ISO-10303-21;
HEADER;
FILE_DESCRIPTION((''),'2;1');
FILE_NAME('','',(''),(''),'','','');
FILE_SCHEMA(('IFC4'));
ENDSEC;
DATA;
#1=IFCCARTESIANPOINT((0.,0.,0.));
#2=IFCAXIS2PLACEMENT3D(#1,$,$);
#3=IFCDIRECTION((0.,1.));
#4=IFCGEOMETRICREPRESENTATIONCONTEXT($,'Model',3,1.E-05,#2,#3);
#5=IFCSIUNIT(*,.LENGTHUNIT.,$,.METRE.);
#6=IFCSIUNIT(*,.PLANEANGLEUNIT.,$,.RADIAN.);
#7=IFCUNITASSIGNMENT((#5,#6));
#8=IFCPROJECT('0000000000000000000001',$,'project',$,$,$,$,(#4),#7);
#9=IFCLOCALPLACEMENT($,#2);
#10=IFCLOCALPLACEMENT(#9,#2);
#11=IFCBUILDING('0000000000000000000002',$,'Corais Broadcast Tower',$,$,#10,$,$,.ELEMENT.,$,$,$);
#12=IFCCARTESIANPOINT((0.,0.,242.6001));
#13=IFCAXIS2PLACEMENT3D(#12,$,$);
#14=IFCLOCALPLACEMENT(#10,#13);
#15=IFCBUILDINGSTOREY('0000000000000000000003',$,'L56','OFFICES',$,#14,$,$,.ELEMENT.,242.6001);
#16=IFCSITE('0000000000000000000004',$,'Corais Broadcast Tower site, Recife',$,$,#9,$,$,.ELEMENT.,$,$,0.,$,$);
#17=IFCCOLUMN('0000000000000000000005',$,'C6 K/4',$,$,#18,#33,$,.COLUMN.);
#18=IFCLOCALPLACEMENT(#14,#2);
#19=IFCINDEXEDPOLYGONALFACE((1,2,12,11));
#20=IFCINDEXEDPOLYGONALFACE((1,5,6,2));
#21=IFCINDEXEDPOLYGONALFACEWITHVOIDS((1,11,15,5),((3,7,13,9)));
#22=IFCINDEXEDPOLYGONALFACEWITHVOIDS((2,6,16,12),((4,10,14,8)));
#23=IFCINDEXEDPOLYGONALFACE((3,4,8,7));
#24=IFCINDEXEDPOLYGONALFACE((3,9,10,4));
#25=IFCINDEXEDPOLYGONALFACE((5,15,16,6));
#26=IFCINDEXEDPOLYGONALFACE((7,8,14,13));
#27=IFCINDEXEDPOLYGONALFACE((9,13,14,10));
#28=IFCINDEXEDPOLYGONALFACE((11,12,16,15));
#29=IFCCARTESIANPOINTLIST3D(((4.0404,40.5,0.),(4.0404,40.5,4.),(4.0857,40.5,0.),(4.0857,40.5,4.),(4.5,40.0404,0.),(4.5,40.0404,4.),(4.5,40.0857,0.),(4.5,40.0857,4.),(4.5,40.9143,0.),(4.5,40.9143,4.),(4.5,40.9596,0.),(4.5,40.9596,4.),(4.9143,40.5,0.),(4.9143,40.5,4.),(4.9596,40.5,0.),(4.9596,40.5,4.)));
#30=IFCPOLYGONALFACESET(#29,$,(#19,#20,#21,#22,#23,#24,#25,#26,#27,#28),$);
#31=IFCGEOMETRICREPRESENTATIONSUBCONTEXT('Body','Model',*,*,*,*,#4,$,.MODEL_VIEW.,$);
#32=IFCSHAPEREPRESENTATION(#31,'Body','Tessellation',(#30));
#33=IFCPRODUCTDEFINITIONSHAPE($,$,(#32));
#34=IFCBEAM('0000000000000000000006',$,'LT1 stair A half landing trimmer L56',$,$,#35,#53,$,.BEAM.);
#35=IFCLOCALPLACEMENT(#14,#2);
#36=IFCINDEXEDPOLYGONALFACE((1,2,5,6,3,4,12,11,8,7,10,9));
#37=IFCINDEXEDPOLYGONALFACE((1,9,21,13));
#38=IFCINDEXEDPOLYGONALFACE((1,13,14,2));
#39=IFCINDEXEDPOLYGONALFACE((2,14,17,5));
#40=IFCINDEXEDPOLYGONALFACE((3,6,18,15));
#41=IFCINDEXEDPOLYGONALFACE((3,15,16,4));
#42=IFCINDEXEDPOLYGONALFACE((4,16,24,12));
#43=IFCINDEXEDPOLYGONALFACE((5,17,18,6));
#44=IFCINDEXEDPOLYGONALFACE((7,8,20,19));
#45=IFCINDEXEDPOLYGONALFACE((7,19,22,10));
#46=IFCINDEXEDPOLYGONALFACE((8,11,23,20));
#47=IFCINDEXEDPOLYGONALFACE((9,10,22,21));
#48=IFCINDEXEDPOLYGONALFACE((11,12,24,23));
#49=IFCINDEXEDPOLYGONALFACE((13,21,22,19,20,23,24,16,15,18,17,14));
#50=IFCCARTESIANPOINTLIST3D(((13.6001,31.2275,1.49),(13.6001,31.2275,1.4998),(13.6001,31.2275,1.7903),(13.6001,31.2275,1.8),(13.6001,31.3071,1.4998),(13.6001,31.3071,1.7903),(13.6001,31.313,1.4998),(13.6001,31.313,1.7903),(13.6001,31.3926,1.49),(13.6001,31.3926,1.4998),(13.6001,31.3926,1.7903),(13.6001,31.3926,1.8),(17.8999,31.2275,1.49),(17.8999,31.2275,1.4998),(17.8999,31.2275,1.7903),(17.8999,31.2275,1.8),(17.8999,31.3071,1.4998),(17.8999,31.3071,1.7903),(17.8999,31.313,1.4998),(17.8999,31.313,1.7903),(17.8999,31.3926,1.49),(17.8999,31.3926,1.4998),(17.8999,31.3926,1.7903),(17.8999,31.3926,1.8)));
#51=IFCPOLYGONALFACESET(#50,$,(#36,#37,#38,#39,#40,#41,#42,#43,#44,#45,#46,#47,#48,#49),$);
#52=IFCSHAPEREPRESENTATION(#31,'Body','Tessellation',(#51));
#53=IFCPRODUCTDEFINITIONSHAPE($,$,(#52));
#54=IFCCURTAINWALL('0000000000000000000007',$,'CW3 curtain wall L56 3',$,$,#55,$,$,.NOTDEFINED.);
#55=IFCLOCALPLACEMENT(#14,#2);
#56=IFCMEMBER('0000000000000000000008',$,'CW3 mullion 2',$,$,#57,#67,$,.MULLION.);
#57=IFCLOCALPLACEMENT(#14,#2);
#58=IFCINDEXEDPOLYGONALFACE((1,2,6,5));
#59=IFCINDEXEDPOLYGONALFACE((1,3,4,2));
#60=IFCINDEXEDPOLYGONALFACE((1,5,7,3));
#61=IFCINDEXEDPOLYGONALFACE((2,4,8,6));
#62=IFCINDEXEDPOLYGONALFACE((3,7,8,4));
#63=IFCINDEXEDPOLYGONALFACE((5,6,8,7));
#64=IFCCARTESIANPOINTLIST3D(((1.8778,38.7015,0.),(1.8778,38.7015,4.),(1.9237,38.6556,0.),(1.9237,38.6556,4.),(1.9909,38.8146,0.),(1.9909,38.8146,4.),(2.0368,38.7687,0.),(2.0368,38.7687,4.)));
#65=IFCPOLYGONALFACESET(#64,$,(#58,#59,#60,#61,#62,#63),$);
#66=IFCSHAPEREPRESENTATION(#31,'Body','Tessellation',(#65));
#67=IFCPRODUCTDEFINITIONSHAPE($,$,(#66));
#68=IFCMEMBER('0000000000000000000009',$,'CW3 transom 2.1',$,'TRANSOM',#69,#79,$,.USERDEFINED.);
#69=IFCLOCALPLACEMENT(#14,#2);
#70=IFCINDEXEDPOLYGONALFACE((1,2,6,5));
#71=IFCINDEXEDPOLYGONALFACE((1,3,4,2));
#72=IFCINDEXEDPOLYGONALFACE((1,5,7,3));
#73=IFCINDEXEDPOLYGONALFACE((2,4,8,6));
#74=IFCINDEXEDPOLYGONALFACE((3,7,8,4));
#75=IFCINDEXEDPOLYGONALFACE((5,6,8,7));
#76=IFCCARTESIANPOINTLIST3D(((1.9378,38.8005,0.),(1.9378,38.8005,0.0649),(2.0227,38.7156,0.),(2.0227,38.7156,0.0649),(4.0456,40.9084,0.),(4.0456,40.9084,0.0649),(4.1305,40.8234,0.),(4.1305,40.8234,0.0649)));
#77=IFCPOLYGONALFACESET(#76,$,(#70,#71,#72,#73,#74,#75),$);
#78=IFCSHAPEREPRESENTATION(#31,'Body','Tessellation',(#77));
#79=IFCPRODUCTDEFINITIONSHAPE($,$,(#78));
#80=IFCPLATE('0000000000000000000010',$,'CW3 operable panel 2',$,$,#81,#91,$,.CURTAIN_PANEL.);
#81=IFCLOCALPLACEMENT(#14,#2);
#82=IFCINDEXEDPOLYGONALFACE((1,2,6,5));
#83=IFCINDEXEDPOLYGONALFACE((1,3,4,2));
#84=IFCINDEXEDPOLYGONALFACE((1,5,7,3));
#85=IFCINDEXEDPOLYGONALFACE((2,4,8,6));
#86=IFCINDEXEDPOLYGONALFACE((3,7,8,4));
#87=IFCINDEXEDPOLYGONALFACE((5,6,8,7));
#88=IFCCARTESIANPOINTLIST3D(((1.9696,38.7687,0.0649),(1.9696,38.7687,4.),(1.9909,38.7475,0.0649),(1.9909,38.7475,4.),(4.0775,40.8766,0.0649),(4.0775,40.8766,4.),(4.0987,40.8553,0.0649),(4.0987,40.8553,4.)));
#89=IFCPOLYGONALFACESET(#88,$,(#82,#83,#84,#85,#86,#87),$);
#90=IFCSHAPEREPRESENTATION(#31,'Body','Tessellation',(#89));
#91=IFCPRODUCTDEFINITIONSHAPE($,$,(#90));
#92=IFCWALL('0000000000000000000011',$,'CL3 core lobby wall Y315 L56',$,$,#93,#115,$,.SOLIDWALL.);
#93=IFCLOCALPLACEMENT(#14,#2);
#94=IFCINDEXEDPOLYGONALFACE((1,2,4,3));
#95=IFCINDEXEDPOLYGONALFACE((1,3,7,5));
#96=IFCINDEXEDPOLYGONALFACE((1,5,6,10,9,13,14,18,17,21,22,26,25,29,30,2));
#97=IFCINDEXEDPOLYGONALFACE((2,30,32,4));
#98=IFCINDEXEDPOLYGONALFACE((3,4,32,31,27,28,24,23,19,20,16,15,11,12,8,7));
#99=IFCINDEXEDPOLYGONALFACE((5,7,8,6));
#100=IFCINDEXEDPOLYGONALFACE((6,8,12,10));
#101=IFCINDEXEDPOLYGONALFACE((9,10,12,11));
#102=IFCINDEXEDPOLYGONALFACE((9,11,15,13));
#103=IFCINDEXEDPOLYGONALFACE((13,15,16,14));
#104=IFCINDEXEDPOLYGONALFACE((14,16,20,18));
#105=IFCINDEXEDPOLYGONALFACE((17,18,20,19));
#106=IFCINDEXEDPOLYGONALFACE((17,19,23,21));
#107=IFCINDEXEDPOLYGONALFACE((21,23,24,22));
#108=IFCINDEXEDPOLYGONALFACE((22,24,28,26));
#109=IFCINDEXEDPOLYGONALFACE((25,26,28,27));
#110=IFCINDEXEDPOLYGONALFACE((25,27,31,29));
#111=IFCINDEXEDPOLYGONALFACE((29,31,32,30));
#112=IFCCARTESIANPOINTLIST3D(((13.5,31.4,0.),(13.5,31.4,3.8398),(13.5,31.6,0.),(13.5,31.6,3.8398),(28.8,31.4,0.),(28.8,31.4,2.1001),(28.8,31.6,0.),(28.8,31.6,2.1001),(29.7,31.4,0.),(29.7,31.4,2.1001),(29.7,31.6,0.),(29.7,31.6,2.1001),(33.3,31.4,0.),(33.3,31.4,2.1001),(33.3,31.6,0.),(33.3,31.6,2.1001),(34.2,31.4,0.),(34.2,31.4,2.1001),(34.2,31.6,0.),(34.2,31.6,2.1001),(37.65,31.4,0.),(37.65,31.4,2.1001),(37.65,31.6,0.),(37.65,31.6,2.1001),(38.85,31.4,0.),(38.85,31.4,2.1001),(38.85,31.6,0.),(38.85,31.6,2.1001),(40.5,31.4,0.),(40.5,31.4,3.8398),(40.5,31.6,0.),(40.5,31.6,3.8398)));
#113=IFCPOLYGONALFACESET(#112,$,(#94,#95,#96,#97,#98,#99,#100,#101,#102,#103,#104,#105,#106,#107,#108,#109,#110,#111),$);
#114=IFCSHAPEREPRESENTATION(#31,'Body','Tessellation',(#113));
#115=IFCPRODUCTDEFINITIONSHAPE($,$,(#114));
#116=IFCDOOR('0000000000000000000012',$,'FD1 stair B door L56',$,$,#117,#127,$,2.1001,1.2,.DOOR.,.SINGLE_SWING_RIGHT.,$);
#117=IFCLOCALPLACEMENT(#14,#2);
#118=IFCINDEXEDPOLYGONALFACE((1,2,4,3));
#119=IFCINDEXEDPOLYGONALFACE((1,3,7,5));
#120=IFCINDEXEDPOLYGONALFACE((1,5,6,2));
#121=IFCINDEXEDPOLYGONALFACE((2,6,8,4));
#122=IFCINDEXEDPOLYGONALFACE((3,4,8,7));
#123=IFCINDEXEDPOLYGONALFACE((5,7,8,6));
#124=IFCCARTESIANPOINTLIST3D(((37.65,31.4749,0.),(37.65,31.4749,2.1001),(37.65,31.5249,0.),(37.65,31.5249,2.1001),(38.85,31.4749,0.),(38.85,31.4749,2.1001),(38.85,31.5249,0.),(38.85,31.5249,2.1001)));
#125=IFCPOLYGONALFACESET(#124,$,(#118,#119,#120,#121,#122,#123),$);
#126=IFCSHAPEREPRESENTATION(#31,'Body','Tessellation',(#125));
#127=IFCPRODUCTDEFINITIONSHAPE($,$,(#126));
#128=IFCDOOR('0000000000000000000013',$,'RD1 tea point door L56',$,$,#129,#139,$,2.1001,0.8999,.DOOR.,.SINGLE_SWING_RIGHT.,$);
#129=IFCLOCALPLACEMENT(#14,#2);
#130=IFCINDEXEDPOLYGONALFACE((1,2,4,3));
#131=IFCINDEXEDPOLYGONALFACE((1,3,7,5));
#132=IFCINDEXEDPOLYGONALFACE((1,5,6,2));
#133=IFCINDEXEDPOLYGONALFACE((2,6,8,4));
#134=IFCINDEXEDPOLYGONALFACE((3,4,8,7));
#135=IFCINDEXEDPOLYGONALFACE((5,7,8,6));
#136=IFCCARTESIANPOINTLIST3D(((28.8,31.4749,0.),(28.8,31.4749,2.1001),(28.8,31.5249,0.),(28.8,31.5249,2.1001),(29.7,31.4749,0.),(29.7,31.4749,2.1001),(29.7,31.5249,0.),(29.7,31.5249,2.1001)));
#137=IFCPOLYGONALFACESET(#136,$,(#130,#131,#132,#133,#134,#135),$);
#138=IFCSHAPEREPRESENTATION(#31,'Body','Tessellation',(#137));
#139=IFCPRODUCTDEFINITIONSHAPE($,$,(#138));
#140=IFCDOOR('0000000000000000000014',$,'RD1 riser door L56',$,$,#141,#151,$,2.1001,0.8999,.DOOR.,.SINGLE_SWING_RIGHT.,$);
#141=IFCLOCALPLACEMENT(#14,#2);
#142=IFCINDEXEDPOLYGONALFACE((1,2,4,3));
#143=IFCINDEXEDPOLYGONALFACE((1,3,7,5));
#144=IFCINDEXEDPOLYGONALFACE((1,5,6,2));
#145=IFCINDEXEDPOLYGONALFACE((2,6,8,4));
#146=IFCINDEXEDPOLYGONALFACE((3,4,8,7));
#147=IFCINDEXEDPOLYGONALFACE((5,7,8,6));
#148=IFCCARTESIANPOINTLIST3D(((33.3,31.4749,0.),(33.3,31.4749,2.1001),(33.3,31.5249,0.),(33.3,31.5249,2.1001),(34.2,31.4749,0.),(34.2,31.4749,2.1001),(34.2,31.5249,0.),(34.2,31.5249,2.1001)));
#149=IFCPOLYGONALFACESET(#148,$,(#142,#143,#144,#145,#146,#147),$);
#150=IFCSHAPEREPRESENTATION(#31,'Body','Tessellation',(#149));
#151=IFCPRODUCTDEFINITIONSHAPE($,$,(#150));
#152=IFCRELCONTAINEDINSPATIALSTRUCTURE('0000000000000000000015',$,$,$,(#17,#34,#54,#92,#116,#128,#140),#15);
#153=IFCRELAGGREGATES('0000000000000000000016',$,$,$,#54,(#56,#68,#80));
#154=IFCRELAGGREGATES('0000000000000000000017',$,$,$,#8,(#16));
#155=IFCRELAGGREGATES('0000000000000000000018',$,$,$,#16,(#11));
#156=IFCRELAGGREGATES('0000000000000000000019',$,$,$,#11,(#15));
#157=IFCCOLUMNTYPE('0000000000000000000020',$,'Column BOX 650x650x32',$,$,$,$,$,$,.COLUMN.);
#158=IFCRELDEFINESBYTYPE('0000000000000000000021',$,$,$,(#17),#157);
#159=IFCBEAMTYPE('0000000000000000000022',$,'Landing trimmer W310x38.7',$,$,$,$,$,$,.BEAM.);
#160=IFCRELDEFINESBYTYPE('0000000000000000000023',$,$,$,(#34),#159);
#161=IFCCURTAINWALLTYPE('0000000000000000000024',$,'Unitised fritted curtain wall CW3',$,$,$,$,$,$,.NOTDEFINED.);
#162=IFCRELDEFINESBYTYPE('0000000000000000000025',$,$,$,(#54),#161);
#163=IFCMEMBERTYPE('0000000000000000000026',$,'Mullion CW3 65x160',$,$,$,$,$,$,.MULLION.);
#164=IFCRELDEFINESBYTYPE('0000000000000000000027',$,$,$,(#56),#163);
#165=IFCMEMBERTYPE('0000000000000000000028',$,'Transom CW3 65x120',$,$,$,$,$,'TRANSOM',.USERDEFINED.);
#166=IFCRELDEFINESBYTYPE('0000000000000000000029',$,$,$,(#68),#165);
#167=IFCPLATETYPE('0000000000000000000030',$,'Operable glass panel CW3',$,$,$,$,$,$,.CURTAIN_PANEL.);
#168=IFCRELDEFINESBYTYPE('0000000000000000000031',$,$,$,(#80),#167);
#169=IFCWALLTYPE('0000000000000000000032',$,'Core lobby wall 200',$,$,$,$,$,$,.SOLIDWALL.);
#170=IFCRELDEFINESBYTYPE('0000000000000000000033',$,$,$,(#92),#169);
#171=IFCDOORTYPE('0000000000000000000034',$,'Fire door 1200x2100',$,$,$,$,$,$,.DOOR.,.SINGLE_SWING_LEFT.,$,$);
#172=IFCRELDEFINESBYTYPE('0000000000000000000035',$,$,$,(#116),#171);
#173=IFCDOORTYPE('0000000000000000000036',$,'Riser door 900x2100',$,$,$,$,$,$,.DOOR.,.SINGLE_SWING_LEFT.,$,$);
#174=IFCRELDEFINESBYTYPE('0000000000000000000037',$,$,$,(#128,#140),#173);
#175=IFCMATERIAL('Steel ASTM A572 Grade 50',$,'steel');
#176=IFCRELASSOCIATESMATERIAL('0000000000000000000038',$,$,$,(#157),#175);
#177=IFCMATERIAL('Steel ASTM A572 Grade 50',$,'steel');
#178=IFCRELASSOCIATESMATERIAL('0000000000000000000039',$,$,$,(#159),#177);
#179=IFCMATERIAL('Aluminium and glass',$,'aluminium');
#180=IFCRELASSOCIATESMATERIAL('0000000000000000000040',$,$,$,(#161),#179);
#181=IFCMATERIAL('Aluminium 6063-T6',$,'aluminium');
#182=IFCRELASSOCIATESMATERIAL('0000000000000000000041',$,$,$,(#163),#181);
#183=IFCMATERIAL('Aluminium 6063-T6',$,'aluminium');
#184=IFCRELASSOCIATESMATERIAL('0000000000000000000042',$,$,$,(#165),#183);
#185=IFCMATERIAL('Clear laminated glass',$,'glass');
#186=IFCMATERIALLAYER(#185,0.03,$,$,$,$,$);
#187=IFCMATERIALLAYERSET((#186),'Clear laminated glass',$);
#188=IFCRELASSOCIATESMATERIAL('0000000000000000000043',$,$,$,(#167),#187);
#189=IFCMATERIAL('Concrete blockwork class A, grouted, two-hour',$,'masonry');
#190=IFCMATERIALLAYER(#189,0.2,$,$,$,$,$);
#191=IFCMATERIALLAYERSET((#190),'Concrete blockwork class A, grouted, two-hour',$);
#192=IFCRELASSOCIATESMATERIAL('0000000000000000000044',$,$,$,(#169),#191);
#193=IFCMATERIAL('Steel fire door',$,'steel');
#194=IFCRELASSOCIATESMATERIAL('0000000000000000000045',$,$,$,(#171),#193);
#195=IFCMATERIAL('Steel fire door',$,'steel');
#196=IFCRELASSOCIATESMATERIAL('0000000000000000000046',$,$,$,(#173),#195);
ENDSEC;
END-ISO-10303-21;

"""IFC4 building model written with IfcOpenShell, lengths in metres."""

from ifc_helpers import new_model, si_unit, direction, frame, frame_2d, origin, origin_2d, place, context, subcontext, project, spatial, rectangle, hollow_rectangle, i_section, extrude, material, layer, layer_set, material_profile, profile_set, type_object, element, fill, aggregate, save


model = new_model("IFC4")

# Units and contexts
model_context = context("Model", 3, precision=1e-05, world=origin(), true_north=direction((0.0, 1.0)))
body_context = subcontext(model_context, "Body", "Model", "MODEL_VIEW")
ifc_project = project(units=[si_unit("LENGTHUNIT", "METRE"), si_unit("PLANEANGLEUNIT", "RADIAN")], contexts=[model_context])

# Site, building, storey
site_placement = place(None, origin())
site = spatial("IfcSite", under=ifc_project, at=site_placement, Name="Corais Broadcast Tower site, Recife", CompositionType="ELEMENT", RefElevation=0.0)
building_placement = place(site_placement, origin())
building = spatial("IfcBuilding", under=site, at=building_placement, Name="Corais Broadcast Tower", CompositionType="ELEMENT")
storey_placement = place(building_placement, frame((0.0, 0.0, 242.6001)))
storey = spatial("IfcBuildingStorey", under=building, at=storey_placement, Name="L56", Description="OFFICES", CompositionType="ELEMENT", Elevation=242.6001)

# Column
ifc_material_1 = material(Name="Steel ASTM A572 Grade 50", Category="steel")
ifc_material_profile_1 = material_profile(ifc_material_1, hollow_rectangle(XDim=0.6499, YDim=0.6499, WallThickness=0.032, at=origin_2d()), Name="BOX 650x650x32")
ifc_profile_set_1 = profile_set([ifc_material_profile_1], Name="Steel ASTM A572 Grade 50")
column_type = type_object("IfcColumnType", Name="Column BOX 650x650x32", PredefinedType="COLUMN", material=ifc_profile_set_1)
column_placement = place(storey_placement, frame((4.5, 40.5, 0.0), z_axis=(0.0, 0.0, 1.0), x_axis=(0.707107, 0.707107, 0.0)))
element("IfcColumn", 1, at=column_placement, inside=storey, type_object=column_type, Name="C6 K/4", PredefinedType="COLUMN", context=body_context, shape_type="SweptSolid", body=[
    extrude(hollow_rectangle(XDim=0.6499, YDim=0.6499, WallThickness=0.032, at=origin_2d()), origin(), (0.0, 0.0, 1.0), 4.0),
])

# Beam
ifc_material_2 = material(Name="Steel ASTM A572 Grade 50", Category="steel")
ifc_material_profile_2 = material_profile(ifc_material_2, i_section(OverallWidth=0.165, OverallDepth=0.3101, WebThickness=0.0059, FlangeThickness=0.0098, at=origin_2d()), Name="W310x38.7")
ifc_profile_set_2 = profile_set([ifc_material_profile_2], Name="Steel ASTM A572 Grade 50")
beam_type = type_object("IfcBeamType", Name="Landing trimmer W310x38.7", PredefinedType="BEAM", material=ifc_profile_set_2)
beam_placement = place(storey_placement, frame((13.6001, 31.3101, 1.645), z_axis=(1.0, 0.0, 0.0), x_axis=(0.0, 1.0, 0.0)))
element("IfcBeam", 2, at=beam_placement, inside=storey, type_object=beam_type, Name="LT1 stair A half landing trimmer L56", PredefinedType="BEAM", context=body_context, shape_type="SweptSolid", body=[
    extrude(i_section(OverallWidth=0.165, OverallDepth=0.3101, WebThickness=0.0059, FlangeThickness=0.0098, at=origin_2d()), origin(), (0.0, 0.0, 1.0), 4.2998),
])

# Curtain wall, members, plate
ifc_material_3 = material(Name="Aluminium and glass", Category="aluminium")
curtain_wall_type = type_object("IfcCurtainWallType", Name="Unitised fritted curtain wall CW3", PredefinedType="NOTDEFINED", material=ifc_material_3)
curtain_wall_placement = place(storey_placement, origin())
curtain_wall = element("IfcCurtainWall", 3, at=curtain_wall_placement, inside=storey, type_object=curtain_wall_type, Name="CW3 curtain wall L56 3", PredefinedType="NOTDEFINED")
ifc_material_4 = material(Name="Aluminium 6063-T6", Category="aluminium")
ifc_material_profile_3 = material_profile(ifc_material_4, rectangle(XDim=0.0649, YDim=0.1599, at=origin_2d()), Name="Mullion CW3 65x160")
ifc_profile_set_3 = profile_set([ifc_material_profile_3], Name="Aluminium 6063-T6")
member_type_1 = type_object("IfcMemberType", Name="Mullion CW3 65x160", PredefinedType="MULLION", material=ifc_profile_set_3)
member_1_placement = place(storey_placement, frame((1.9573, 38.7351, 0.0), z_axis=(0.0, 0.0, 1.0), x_axis=(-0.707107, 0.707107, 0.0)))
member_1 = element("IfcMember", 4, at=member_1_placement, type_object=member_type_1, Name="CW3 mullion 2", PredefinedType="MULLION", context=body_context, shape_type="SweptSolid", body=[
    extrude(rectangle(XDim=0.0649, YDim=0.1599, at=origin_2d()), origin(), (0.0, 0.0, 1.0), 4.0),
])
ifc_material_5 = material(Name="Aluminium 6063-T6", Category="aluminium")
ifc_material_profile_4 = material_profile(ifc_material_5, rectangle(XDim=0.1201, YDim=0.0649, at=origin_2d()), Name="Transom CW3 65x120")
ifc_profile_set_4 = profile_set([ifc_material_profile_4], Name="Aluminium 6063-T6")
member_type_2 = type_object("IfcMemberType", Name="Transom CW3 65x120", ElementType="TRANSOM", PredefinedType="USERDEFINED", material=ifc_profile_set_4)
member_2_placement = place(storey_placement, frame((1.9802, 38.7581, 0.0325), z_axis=(0.707107, 0.707107, 0.0), x_axis=(-0.707107, 0.707107, 0.0)))
member_2 = element("IfcMember", 5, at=member_2_placement, type_object=member_type_2, Name="CW3 transom 2.1", ObjectType="TRANSOM", PredefinedType="USERDEFINED", context=body_context, shape_type="SweptSolid", body=[
    extrude(rectangle(XDim=0.1201, YDim=0.0649, at=origin_2d()), origin(), (0.0, 0.0, 1.0), 2.981),
])
ifc_material_6 = material(Name="Clear laminated glass", Category="glass")
ifc_layer_1 = layer(ifc_material_6, 0.03)
ifc_layer_set_1 = layer_set([ifc_layer_1], Name="Clear laminated glass")
plate_type = type_object("IfcPlateType", Name="Operable glass panel CW3", PredefinedType="CURTAIN_PANEL", material=ifc_layer_set_1)
plate_placement = place(storey_placement, frame((3.0342, 39.812, 0.0649), z_axis=(0.0, 0.0, 1.0), x_axis=(0.707107, 0.707107, 0.0)))
plate = element("IfcPlate", 6, at=plate_placement, type_object=plate_type, Name="CW3 operable panel 2", PredefinedType="CURTAIN_PANEL", context=body_context, shape_type="SweptSolid", body=[
    extrude(rectangle(XDim=2.981, YDim=0.03, at=origin_2d()), origin(), (0.0, 0.0, 1.0), 3.9351),
])
aggregate(curtain_wall, [member_1, member_2, plate])

# Wall, openings, doors
ifc_material_7 = material(Name="Concrete blockwork class A, grouted, two-hour", Category="masonry")
ifc_layer_2 = layer(ifc_material_7, 0.2)
ifc_layer_set_2 = layer_set([ifc_layer_2], Name="Concrete blockwork class A, grouted, two-hour")
wall_type_1 = type_object("IfcWallType", Name="Core lobby wall 200", PredefinedType="SOLIDWALL", material=ifc_layer_set_2)
wall_1_placement = place(storey_placement, frame((13.5, 31.5, 0.0), z_axis=(0.0, 0.0, 1.0), x_axis=(1.0, 0.0, 0.0)))
wall_1 = element("IfcWall", 7, at=wall_1_placement, inside=storey, type_object=wall_type_1, Name="CL3 core lobby wall Y315 L56", PredefinedType="SOLIDWALL", context=body_context, shape_type="SweptSolid", body=[
    extrude(rectangle(XDim=27.0, YDim=0.2, at=frame_2d((13.5, 0.0))), origin(), (0.0, 0.0, 1.0), 3.8398),
])
opening_1_placement = place(wall_1_placement, frame((24.1499, 0.0, 0.0)))
opening_1 = element("IfcOpeningElement", 8, at=opening_1_placement, cuts=wall_1, PredefinedType="OPENING", context=body_context, shape_type="SweptSolid", body=[
    extrude(rectangle(XDim=1.2, YDim=2.1001, at=frame_2d((0.6001, 1.05))), frame((0.0, 0.1099, 0.0), z_axis=(0.0, -1.0, 0.0), x_axis=(1.0, 0.0, 0.0)), (0.0, 0.0, 1.0), 0.22),
])
opening_2_placement = place(wall_1_placement, frame((15.3, 0.0, 0.0)))
opening_2 = element("IfcOpeningElement", 9, at=opening_2_placement, cuts=wall_1, PredefinedType="OPENING", context=body_context, shape_type="SweptSolid", body=[
    extrude(rectangle(XDim=0.8999, YDim=2.1001, at=frame_2d((0.45, 1.05))), frame((0.0, 0.1099, 0.0), z_axis=(0.0, -1.0, 0.0), x_axis=(1.0, 0.0, 0.0)), (0.0, 0.0, 1.0), 0.22),
])
opening_3_placement = place(wall_1_placement, frame((19.8, 0.0, 0.0)))
opening_3 = element("IfcOpeningElement", 10, at=opening_3_placement, cuts=wall_1, PredefinedType="OPENING", context=body_context, shape_type="SweptSolid", body=[
    extrude(rectangle(XDim=0.8999, YDim=2.1001, at=frame_2d((0.45, 1.05))), frame((0.0, 0.1099, 0.0), z_axis=(0.0, -1.0, 0.0), x_axis=(1.0, 0.0, 0.0)), (0.0, 0.0, 1.0), 0.22),
])
ifc_material_8 = material(Name="Steel fire door", Category="steel")
door_type_1 = type_object("IfcDoorType", Name="Fire door 1200x2100", OperationType="SINGLE_SWING_LEFT", PredefinedType="DOOR", material=ifc_material_8)
door_1_placement = place(opening_1_placement, origin())
door_1 = element("IfcDoor", 11, at=door_1_placement, inside=storey, type_object=door_type_1, Name="FD1 stair B door L56", OperationType="SINGLE_SWING_RIGHT", OverallHeight=2.1001, OverallWidth=1.2, PredefinedType="DOOR", context=body_context, shape_type="SweptSolid", body=[
    extrude(rectangle(XDim=1.2, YDim=2.1001, at=frame_2d((0.6001, 1.05))), frame((0.0, 0.0249, 0.0), z_axis=(0.0, -1.0, 0.0), x_axis=(1.0, 0.0, 0.0)), (0.0, 0.0, 1.0), 0.05),
])
fill(opening_1, door_1)
ifc_material_9 = material(Name="Steel fire door", Category="steel")
door_type_2 = type_object("IfcDoorType", Name="Riser door 900x2100", OperationType="SINGLE_SWING_LEFT", PredefinedType="DOOR", material=ifc_material_9)
door_2_placement = place(opening_2_placement, origin())
door_2 = element("IfcDoor", 12, at=door_2_placement, inside=storey, type_object=door_type_2, Name="RD1 tea point door L56", OperationType="SINGLE_SWING_RIGHT", OverallHeight=2.1001, OverallWidth=0.8999, PredefinedType="DOOR", context=body_context, shape_type="SweptSolid", body=[
    extrude(rectangle(XDim=0.8999, YDim=2.1001, at=frame_2d((0.45, 1.05))), frame((0.0, 0.0249, 0.0), z_axis=(0.0, -1.0, 0.0), x_axis=(1.0, 0.0, 0.0)), (0.0, 0.0, 1.0), 0.05),
])
fill(opening_2, door_2)
door_3_placement = place(opening_3_placement, origin())
door_3 = element("IfcDoor", 13, at=door_3_placement, inside=storey, type_object=door_type_2, Name="RD1 riser door L56", OperationType="SINGLE_SWING_RIGHT", OverallHeight=2.1001, OverallWidth=0.8999, PredefinedType="DOOR", context=body_context, shape_type="SweptSolid", body=[
    extrude(rectangle(XDim=0.8999, YDim=2.1001, at=frame_2d((0.45, 1.05))), frame((0.0, 0.0249, 0.0), z_axis=(0.0, -1.0, 0.0), x_axis=(1.0, 0.0, 0.0)), (0.0, 0.0, 1.0), 0.05),
])
fill(opening_3, door_3)

save(model, "model.ifc")
